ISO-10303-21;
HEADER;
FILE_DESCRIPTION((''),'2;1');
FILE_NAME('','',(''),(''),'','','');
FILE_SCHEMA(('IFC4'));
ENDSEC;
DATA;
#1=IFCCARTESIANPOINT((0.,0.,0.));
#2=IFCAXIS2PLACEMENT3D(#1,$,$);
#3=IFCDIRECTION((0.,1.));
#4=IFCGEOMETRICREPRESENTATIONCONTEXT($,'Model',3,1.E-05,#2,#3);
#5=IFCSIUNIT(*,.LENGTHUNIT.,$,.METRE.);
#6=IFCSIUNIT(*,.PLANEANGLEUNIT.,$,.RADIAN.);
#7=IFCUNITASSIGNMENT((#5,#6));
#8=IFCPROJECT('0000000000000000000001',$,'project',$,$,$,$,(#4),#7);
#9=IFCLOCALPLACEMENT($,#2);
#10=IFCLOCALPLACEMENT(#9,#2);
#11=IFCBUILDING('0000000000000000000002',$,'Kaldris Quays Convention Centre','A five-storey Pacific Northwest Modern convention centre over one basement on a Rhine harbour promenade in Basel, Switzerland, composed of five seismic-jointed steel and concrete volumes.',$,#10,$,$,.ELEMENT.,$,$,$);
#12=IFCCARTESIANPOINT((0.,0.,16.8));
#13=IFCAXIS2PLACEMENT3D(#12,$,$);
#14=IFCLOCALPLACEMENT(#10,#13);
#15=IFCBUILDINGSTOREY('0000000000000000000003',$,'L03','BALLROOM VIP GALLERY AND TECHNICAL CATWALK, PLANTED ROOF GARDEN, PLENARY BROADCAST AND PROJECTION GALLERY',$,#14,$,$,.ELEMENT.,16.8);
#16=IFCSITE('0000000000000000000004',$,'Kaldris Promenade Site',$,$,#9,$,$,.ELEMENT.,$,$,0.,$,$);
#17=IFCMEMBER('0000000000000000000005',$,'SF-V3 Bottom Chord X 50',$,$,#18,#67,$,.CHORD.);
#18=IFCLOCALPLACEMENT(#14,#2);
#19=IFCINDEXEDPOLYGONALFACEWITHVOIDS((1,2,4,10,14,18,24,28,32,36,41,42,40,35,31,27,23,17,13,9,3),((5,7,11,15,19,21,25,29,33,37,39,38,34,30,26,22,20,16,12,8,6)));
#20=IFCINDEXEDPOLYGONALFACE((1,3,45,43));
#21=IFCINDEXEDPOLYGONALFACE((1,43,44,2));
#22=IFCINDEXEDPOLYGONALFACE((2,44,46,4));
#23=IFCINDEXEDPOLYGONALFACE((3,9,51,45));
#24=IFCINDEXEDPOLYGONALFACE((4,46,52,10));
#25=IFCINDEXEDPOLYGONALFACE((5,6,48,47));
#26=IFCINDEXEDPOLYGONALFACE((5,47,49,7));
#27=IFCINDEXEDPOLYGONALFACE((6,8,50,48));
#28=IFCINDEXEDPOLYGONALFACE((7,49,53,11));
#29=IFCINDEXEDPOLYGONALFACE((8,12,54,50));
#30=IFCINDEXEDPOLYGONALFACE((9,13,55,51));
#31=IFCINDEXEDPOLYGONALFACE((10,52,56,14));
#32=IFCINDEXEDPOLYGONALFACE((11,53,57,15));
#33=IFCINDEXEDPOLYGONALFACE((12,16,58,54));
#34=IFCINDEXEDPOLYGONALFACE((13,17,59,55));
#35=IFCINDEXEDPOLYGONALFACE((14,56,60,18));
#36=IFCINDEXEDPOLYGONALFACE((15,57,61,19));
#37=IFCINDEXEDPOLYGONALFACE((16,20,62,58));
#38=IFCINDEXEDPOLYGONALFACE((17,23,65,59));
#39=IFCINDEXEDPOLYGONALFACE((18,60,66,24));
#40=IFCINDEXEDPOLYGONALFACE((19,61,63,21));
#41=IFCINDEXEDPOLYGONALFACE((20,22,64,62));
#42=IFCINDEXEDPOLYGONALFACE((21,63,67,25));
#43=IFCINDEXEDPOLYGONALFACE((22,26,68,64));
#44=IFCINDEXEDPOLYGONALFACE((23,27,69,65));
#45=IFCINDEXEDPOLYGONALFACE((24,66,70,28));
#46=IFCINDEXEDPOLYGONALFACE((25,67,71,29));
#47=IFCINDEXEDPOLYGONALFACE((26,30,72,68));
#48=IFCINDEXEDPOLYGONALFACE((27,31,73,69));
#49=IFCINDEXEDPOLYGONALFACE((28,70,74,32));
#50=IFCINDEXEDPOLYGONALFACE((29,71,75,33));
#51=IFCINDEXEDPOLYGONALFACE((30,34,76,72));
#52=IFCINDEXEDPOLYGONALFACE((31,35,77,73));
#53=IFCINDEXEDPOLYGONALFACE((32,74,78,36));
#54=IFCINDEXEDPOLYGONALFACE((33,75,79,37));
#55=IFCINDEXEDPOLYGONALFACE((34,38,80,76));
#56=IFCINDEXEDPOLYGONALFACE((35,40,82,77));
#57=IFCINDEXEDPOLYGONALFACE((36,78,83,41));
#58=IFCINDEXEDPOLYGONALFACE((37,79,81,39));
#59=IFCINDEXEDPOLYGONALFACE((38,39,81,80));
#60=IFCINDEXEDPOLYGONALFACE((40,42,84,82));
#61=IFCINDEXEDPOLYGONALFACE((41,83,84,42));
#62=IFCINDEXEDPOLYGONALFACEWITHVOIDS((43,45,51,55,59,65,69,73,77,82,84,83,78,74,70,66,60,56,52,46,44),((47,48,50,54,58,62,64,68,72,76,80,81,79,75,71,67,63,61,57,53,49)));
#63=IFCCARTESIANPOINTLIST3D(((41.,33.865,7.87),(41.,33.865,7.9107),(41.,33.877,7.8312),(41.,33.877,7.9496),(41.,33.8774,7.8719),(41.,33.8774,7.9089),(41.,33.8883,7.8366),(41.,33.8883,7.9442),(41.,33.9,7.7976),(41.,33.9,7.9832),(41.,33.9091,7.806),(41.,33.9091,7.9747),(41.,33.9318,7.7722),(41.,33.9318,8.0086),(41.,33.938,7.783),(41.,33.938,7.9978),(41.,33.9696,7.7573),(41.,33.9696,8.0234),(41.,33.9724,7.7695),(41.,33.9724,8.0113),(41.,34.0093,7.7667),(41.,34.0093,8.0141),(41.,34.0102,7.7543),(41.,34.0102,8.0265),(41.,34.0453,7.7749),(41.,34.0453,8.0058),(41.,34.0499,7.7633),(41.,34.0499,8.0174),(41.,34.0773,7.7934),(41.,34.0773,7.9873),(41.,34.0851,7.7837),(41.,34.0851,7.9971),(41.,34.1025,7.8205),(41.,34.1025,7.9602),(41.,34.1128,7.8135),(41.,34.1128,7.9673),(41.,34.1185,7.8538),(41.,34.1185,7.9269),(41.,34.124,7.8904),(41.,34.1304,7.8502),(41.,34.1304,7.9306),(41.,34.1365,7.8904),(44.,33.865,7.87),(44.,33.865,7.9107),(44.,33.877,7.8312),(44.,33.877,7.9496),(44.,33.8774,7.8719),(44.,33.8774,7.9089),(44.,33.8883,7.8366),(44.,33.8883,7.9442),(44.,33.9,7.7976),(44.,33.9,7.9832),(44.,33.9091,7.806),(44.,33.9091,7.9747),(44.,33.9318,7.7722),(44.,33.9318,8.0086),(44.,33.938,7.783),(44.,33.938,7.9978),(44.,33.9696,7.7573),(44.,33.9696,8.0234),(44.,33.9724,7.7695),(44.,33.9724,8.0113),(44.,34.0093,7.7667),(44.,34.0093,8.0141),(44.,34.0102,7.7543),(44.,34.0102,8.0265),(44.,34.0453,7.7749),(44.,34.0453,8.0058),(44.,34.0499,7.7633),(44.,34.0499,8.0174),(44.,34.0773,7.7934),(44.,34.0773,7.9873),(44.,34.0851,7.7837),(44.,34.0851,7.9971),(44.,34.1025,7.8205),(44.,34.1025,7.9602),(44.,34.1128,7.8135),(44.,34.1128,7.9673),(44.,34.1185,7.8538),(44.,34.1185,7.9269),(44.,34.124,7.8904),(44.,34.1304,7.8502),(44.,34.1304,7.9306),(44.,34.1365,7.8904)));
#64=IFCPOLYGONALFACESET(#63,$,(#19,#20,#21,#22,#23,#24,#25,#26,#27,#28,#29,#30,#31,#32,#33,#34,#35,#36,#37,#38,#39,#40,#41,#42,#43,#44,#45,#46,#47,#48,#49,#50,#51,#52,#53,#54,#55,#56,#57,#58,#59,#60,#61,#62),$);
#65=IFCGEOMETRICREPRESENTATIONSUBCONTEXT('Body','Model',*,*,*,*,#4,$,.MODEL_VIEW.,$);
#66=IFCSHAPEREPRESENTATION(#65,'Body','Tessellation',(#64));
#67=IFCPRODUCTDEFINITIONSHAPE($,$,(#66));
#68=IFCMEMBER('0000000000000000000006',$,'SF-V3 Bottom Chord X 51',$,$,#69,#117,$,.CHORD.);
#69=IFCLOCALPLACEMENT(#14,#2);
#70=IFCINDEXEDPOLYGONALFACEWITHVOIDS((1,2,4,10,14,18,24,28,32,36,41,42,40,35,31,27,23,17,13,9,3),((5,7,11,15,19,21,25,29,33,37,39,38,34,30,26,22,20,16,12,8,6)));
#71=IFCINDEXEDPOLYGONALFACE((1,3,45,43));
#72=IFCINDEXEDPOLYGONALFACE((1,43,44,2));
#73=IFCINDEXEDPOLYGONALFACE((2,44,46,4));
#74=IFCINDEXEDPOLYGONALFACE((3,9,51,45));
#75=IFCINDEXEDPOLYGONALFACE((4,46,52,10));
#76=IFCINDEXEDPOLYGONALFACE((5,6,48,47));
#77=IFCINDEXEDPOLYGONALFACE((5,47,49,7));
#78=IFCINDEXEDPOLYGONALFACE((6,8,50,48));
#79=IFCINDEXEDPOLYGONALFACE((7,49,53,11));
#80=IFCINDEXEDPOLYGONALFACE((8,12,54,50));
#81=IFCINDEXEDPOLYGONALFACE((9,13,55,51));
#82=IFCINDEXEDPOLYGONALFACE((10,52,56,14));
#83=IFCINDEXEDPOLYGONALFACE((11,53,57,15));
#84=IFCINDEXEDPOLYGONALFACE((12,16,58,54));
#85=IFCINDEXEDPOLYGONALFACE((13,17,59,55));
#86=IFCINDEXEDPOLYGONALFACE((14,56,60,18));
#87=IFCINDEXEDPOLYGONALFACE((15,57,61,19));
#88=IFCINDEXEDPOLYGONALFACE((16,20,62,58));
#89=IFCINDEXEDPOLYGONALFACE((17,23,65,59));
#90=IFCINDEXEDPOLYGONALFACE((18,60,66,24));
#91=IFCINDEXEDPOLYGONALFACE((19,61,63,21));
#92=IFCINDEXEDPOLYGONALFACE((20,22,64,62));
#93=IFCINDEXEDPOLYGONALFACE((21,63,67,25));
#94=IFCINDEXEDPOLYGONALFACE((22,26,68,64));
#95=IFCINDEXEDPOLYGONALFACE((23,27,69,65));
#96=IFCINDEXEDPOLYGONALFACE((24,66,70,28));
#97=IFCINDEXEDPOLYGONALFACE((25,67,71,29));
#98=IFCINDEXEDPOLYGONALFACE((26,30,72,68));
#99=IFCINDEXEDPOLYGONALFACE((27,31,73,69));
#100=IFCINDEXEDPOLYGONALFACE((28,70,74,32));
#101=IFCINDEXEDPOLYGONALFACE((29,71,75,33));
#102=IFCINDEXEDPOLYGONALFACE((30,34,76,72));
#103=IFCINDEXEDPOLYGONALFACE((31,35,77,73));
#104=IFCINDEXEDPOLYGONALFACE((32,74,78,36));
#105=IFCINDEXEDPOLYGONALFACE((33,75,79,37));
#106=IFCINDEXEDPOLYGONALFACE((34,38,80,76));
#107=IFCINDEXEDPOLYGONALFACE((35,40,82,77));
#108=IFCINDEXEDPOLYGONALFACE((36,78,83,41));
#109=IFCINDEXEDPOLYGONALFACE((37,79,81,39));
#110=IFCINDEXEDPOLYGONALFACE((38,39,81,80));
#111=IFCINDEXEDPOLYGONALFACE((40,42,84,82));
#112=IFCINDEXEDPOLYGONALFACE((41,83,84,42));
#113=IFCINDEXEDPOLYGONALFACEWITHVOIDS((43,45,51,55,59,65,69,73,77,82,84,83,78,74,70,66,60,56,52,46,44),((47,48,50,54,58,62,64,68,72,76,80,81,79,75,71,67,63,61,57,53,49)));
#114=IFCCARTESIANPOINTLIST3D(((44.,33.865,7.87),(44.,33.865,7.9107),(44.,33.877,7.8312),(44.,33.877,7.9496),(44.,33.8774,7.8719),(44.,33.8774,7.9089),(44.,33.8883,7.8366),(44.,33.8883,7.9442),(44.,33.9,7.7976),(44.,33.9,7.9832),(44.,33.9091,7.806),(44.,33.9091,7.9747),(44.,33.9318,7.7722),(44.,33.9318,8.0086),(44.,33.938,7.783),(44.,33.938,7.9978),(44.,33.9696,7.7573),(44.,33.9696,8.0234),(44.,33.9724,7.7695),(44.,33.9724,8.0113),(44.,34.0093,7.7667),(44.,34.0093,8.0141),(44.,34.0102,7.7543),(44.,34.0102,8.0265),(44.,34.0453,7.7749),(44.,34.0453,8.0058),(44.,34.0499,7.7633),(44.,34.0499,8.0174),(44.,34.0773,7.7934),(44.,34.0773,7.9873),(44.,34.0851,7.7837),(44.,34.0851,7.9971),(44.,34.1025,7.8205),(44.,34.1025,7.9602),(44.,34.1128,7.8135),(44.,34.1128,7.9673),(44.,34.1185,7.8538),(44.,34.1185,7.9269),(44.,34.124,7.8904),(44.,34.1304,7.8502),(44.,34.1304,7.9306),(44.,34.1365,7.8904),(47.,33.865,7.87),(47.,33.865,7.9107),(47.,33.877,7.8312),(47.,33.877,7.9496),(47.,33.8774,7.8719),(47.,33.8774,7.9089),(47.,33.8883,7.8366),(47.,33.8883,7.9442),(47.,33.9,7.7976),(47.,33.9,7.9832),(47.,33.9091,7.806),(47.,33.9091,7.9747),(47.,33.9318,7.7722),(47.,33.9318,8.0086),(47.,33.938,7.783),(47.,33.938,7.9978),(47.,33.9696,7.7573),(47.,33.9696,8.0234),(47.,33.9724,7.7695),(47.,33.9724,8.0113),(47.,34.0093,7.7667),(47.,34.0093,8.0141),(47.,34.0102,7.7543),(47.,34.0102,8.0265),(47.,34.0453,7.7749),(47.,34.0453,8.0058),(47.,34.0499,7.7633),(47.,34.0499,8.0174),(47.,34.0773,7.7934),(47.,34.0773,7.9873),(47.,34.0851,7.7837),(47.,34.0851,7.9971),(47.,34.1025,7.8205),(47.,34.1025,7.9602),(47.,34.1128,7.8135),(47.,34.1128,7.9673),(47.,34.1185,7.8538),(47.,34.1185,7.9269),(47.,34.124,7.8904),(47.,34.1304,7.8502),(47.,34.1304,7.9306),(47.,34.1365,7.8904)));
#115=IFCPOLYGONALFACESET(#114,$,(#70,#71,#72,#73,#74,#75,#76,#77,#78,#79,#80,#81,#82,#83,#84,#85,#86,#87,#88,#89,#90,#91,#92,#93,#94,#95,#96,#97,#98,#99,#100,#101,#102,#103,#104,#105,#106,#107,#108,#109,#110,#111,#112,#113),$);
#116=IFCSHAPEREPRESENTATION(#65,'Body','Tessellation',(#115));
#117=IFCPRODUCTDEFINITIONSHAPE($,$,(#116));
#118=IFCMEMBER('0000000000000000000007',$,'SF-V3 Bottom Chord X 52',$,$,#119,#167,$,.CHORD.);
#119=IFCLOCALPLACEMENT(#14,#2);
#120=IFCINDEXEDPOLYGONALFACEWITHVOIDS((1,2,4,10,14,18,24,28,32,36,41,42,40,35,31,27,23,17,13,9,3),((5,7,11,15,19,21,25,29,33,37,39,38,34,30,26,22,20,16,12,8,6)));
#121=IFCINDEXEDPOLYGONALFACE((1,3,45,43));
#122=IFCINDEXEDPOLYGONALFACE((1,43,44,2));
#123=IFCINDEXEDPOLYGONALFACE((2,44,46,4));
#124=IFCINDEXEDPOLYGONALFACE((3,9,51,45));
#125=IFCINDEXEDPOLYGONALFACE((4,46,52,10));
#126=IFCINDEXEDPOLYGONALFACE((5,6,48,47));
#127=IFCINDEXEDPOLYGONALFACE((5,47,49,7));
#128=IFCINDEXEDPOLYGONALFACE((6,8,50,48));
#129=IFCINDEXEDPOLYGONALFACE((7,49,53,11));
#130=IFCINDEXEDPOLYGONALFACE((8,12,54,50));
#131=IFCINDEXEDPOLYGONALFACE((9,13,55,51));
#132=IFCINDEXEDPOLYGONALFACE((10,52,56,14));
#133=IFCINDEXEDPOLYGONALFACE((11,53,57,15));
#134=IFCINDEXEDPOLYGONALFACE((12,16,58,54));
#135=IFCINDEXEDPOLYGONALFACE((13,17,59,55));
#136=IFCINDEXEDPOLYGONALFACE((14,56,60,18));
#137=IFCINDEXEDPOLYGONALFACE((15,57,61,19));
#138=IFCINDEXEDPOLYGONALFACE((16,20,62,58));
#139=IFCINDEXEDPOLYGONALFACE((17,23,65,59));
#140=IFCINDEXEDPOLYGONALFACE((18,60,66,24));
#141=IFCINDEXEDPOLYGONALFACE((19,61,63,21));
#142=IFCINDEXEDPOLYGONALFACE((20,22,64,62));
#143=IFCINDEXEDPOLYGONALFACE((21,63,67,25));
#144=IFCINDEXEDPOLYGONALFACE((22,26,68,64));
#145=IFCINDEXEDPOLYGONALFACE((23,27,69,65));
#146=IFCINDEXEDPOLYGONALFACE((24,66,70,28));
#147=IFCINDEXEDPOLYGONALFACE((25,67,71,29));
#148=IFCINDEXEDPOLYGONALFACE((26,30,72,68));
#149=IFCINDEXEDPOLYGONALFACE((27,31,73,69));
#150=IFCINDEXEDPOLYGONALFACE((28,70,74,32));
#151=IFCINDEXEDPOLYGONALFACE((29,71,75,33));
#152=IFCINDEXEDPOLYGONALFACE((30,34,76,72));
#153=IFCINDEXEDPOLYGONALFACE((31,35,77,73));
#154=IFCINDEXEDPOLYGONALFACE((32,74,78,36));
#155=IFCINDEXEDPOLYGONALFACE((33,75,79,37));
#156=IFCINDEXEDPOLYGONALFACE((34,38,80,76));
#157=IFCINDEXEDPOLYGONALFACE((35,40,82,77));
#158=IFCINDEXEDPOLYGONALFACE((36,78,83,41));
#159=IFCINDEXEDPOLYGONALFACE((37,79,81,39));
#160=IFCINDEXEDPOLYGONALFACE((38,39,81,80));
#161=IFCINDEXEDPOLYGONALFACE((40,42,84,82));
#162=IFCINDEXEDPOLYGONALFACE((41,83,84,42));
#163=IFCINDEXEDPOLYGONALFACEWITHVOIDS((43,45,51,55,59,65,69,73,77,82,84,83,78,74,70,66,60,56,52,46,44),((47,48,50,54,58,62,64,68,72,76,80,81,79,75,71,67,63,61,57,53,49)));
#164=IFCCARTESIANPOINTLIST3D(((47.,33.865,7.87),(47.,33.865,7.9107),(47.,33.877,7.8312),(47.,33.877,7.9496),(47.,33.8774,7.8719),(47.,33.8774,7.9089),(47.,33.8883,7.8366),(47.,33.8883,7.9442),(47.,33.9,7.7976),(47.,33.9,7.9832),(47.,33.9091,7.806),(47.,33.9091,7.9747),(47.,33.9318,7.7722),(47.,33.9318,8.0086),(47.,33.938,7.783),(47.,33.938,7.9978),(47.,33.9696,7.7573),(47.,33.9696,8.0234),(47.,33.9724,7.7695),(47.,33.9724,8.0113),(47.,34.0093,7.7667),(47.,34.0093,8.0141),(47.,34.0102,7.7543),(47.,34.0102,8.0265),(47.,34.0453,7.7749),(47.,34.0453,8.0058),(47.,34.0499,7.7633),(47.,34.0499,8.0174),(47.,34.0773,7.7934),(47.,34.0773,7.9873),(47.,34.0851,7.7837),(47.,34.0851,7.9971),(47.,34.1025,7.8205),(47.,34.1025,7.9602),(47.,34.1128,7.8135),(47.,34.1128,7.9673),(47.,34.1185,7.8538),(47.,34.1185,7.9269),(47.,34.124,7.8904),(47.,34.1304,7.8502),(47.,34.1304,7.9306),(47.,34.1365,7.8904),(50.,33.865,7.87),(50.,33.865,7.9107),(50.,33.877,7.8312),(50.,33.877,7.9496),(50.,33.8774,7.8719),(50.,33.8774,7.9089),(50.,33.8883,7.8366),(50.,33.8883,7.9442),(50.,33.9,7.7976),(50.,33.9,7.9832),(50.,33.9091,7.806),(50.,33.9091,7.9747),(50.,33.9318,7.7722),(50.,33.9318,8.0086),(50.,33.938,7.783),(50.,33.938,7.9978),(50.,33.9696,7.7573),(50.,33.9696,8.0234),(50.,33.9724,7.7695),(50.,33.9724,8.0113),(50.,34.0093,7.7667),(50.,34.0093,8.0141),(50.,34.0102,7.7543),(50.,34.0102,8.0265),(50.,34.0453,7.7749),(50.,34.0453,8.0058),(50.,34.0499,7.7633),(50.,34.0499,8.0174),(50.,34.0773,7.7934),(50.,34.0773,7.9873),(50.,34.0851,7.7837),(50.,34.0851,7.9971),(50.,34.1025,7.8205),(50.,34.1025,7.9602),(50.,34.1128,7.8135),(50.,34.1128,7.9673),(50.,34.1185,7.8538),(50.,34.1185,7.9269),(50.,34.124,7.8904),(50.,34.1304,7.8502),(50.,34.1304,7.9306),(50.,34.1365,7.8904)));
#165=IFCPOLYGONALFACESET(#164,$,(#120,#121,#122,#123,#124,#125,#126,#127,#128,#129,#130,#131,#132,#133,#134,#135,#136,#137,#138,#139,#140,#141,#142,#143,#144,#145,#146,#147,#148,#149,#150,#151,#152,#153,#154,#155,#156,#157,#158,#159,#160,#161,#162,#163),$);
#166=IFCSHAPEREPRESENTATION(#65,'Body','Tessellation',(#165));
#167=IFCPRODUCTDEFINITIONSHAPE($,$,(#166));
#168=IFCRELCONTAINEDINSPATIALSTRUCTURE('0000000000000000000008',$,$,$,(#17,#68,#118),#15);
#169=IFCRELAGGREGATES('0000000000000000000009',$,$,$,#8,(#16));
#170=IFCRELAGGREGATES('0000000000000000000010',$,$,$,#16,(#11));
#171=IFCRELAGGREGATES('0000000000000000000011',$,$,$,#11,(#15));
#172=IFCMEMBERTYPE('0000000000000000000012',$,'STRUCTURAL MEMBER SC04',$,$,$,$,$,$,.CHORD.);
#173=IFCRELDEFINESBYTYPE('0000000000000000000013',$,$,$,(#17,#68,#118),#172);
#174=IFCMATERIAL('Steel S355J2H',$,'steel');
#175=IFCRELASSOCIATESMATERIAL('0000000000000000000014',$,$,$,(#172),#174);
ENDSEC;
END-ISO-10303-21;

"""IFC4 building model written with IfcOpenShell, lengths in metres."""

from ifc_helpers import new_model, si_unit, direction, frame, origin, origin_2d, place, context, subcontext, project, spatial, hollow_circle, extrude, material, material_profile, profile_set, type_object, element, save


model = new_model("IFC4")

# Units and contexts
model_context = context("Model", 3, precision=1e-05, world=origin(), true_north=direction((0.0, 1.0)))
body_context = subcontext(model_context, "Body", "Model", "MODEL_VIEW")
ifc_project = project(units=[si_unit("LENGTHUNIT", "METRE"), si_unit("PLANEANGLEUNIT", "RADIAN")], contexts=[model_context])

# Site, building, storey
site_placement = place(None, origin())
site = spatial("IfcSite", under=ifc_project, at=site_placement, Name="Kaldris Promenade Site", CompositionType="ELEMENT", RefElevation=0.0)
building_placement = place(site_placement, origin())
building = spatial("IfcBuilding", under=site, at=building_placement, Name="Kaldris Quays Convention Centre", Description="A five-storey Pacific Northwest Modern convention centre over one basement on a Rhine harbour promenade in Basel, Switzerland, composed of five seismic-jointed steel and concrete volumes.", CompositionType="ELEMENT")
storey_placement = place(building_placement, frame((0.0, 0.0, 16.8)))
storey = spatial("IfcBuildingStorey", under=building, at=storey_placement, Name="L03", Description="BALLROOM VIP GALLERY AND TECHNICAL CATWALK, PLANTED ROOF GARDEN, PLENARY BROADCAST AND PROJECTION GALLERY", CompositionType="ELEMENT", Elevation=16.8)

# Members
ifc_material_1 = material(Name="Steel S355J2H", Category="steel")
ifc_material_profile_1 = material_profile(ifc_material_1, hollow_circle(Radius=0.1365, WallThickness=0.0125, at=origin_2d()), Name="CHS 273x12.5")
ifc_profile_set_1 = profile_set([ifc_material_profile_1], Name="Steel S355J2H")
member_type_1 = type_object("IfcMemberType", Name="STRUCTURAL MEMBER SC04", PredefinedType="CHORD", material=ifc_profile_set_1)
for number, where, z_axis, x_axis, name in (
    (1, (41.0, 34.0, 7.8904), (1.0, 0.0, 0.0), (0.0, 1.0, 0.0), "SF-V3 Bottom Chord X 50"),
    (2, (44.0, 34.0, 7.8904), (1.0, 0.0, 0.0), (0.0, 1.0, 0.0), "SF-V3 Bottom Chord X 51"),
    (3, (47.0, 34.0, 7.8904), (1.0, 0.0, 0.0), (0.0, 1.0, 0.0), "SF-V3 Bottom Chord X 52"),
):
    element("IfcMember", number, at=place(storey_placement, frame(where, z_axis=z_axis, x_axis=x_axis)), inside=storey, type_object=member_type_1, Name=name, PredefinedType="CHORD", context=body_context, shape_type="SweptSolid", body=[
        extrude(hollow_circle(Radius=0.1365, WallThickness=0.0125, at=origin_2d()), origin(), (0.0, 0.0, 1.0), 3.0),
    ])

save(model, "model.ifc")
